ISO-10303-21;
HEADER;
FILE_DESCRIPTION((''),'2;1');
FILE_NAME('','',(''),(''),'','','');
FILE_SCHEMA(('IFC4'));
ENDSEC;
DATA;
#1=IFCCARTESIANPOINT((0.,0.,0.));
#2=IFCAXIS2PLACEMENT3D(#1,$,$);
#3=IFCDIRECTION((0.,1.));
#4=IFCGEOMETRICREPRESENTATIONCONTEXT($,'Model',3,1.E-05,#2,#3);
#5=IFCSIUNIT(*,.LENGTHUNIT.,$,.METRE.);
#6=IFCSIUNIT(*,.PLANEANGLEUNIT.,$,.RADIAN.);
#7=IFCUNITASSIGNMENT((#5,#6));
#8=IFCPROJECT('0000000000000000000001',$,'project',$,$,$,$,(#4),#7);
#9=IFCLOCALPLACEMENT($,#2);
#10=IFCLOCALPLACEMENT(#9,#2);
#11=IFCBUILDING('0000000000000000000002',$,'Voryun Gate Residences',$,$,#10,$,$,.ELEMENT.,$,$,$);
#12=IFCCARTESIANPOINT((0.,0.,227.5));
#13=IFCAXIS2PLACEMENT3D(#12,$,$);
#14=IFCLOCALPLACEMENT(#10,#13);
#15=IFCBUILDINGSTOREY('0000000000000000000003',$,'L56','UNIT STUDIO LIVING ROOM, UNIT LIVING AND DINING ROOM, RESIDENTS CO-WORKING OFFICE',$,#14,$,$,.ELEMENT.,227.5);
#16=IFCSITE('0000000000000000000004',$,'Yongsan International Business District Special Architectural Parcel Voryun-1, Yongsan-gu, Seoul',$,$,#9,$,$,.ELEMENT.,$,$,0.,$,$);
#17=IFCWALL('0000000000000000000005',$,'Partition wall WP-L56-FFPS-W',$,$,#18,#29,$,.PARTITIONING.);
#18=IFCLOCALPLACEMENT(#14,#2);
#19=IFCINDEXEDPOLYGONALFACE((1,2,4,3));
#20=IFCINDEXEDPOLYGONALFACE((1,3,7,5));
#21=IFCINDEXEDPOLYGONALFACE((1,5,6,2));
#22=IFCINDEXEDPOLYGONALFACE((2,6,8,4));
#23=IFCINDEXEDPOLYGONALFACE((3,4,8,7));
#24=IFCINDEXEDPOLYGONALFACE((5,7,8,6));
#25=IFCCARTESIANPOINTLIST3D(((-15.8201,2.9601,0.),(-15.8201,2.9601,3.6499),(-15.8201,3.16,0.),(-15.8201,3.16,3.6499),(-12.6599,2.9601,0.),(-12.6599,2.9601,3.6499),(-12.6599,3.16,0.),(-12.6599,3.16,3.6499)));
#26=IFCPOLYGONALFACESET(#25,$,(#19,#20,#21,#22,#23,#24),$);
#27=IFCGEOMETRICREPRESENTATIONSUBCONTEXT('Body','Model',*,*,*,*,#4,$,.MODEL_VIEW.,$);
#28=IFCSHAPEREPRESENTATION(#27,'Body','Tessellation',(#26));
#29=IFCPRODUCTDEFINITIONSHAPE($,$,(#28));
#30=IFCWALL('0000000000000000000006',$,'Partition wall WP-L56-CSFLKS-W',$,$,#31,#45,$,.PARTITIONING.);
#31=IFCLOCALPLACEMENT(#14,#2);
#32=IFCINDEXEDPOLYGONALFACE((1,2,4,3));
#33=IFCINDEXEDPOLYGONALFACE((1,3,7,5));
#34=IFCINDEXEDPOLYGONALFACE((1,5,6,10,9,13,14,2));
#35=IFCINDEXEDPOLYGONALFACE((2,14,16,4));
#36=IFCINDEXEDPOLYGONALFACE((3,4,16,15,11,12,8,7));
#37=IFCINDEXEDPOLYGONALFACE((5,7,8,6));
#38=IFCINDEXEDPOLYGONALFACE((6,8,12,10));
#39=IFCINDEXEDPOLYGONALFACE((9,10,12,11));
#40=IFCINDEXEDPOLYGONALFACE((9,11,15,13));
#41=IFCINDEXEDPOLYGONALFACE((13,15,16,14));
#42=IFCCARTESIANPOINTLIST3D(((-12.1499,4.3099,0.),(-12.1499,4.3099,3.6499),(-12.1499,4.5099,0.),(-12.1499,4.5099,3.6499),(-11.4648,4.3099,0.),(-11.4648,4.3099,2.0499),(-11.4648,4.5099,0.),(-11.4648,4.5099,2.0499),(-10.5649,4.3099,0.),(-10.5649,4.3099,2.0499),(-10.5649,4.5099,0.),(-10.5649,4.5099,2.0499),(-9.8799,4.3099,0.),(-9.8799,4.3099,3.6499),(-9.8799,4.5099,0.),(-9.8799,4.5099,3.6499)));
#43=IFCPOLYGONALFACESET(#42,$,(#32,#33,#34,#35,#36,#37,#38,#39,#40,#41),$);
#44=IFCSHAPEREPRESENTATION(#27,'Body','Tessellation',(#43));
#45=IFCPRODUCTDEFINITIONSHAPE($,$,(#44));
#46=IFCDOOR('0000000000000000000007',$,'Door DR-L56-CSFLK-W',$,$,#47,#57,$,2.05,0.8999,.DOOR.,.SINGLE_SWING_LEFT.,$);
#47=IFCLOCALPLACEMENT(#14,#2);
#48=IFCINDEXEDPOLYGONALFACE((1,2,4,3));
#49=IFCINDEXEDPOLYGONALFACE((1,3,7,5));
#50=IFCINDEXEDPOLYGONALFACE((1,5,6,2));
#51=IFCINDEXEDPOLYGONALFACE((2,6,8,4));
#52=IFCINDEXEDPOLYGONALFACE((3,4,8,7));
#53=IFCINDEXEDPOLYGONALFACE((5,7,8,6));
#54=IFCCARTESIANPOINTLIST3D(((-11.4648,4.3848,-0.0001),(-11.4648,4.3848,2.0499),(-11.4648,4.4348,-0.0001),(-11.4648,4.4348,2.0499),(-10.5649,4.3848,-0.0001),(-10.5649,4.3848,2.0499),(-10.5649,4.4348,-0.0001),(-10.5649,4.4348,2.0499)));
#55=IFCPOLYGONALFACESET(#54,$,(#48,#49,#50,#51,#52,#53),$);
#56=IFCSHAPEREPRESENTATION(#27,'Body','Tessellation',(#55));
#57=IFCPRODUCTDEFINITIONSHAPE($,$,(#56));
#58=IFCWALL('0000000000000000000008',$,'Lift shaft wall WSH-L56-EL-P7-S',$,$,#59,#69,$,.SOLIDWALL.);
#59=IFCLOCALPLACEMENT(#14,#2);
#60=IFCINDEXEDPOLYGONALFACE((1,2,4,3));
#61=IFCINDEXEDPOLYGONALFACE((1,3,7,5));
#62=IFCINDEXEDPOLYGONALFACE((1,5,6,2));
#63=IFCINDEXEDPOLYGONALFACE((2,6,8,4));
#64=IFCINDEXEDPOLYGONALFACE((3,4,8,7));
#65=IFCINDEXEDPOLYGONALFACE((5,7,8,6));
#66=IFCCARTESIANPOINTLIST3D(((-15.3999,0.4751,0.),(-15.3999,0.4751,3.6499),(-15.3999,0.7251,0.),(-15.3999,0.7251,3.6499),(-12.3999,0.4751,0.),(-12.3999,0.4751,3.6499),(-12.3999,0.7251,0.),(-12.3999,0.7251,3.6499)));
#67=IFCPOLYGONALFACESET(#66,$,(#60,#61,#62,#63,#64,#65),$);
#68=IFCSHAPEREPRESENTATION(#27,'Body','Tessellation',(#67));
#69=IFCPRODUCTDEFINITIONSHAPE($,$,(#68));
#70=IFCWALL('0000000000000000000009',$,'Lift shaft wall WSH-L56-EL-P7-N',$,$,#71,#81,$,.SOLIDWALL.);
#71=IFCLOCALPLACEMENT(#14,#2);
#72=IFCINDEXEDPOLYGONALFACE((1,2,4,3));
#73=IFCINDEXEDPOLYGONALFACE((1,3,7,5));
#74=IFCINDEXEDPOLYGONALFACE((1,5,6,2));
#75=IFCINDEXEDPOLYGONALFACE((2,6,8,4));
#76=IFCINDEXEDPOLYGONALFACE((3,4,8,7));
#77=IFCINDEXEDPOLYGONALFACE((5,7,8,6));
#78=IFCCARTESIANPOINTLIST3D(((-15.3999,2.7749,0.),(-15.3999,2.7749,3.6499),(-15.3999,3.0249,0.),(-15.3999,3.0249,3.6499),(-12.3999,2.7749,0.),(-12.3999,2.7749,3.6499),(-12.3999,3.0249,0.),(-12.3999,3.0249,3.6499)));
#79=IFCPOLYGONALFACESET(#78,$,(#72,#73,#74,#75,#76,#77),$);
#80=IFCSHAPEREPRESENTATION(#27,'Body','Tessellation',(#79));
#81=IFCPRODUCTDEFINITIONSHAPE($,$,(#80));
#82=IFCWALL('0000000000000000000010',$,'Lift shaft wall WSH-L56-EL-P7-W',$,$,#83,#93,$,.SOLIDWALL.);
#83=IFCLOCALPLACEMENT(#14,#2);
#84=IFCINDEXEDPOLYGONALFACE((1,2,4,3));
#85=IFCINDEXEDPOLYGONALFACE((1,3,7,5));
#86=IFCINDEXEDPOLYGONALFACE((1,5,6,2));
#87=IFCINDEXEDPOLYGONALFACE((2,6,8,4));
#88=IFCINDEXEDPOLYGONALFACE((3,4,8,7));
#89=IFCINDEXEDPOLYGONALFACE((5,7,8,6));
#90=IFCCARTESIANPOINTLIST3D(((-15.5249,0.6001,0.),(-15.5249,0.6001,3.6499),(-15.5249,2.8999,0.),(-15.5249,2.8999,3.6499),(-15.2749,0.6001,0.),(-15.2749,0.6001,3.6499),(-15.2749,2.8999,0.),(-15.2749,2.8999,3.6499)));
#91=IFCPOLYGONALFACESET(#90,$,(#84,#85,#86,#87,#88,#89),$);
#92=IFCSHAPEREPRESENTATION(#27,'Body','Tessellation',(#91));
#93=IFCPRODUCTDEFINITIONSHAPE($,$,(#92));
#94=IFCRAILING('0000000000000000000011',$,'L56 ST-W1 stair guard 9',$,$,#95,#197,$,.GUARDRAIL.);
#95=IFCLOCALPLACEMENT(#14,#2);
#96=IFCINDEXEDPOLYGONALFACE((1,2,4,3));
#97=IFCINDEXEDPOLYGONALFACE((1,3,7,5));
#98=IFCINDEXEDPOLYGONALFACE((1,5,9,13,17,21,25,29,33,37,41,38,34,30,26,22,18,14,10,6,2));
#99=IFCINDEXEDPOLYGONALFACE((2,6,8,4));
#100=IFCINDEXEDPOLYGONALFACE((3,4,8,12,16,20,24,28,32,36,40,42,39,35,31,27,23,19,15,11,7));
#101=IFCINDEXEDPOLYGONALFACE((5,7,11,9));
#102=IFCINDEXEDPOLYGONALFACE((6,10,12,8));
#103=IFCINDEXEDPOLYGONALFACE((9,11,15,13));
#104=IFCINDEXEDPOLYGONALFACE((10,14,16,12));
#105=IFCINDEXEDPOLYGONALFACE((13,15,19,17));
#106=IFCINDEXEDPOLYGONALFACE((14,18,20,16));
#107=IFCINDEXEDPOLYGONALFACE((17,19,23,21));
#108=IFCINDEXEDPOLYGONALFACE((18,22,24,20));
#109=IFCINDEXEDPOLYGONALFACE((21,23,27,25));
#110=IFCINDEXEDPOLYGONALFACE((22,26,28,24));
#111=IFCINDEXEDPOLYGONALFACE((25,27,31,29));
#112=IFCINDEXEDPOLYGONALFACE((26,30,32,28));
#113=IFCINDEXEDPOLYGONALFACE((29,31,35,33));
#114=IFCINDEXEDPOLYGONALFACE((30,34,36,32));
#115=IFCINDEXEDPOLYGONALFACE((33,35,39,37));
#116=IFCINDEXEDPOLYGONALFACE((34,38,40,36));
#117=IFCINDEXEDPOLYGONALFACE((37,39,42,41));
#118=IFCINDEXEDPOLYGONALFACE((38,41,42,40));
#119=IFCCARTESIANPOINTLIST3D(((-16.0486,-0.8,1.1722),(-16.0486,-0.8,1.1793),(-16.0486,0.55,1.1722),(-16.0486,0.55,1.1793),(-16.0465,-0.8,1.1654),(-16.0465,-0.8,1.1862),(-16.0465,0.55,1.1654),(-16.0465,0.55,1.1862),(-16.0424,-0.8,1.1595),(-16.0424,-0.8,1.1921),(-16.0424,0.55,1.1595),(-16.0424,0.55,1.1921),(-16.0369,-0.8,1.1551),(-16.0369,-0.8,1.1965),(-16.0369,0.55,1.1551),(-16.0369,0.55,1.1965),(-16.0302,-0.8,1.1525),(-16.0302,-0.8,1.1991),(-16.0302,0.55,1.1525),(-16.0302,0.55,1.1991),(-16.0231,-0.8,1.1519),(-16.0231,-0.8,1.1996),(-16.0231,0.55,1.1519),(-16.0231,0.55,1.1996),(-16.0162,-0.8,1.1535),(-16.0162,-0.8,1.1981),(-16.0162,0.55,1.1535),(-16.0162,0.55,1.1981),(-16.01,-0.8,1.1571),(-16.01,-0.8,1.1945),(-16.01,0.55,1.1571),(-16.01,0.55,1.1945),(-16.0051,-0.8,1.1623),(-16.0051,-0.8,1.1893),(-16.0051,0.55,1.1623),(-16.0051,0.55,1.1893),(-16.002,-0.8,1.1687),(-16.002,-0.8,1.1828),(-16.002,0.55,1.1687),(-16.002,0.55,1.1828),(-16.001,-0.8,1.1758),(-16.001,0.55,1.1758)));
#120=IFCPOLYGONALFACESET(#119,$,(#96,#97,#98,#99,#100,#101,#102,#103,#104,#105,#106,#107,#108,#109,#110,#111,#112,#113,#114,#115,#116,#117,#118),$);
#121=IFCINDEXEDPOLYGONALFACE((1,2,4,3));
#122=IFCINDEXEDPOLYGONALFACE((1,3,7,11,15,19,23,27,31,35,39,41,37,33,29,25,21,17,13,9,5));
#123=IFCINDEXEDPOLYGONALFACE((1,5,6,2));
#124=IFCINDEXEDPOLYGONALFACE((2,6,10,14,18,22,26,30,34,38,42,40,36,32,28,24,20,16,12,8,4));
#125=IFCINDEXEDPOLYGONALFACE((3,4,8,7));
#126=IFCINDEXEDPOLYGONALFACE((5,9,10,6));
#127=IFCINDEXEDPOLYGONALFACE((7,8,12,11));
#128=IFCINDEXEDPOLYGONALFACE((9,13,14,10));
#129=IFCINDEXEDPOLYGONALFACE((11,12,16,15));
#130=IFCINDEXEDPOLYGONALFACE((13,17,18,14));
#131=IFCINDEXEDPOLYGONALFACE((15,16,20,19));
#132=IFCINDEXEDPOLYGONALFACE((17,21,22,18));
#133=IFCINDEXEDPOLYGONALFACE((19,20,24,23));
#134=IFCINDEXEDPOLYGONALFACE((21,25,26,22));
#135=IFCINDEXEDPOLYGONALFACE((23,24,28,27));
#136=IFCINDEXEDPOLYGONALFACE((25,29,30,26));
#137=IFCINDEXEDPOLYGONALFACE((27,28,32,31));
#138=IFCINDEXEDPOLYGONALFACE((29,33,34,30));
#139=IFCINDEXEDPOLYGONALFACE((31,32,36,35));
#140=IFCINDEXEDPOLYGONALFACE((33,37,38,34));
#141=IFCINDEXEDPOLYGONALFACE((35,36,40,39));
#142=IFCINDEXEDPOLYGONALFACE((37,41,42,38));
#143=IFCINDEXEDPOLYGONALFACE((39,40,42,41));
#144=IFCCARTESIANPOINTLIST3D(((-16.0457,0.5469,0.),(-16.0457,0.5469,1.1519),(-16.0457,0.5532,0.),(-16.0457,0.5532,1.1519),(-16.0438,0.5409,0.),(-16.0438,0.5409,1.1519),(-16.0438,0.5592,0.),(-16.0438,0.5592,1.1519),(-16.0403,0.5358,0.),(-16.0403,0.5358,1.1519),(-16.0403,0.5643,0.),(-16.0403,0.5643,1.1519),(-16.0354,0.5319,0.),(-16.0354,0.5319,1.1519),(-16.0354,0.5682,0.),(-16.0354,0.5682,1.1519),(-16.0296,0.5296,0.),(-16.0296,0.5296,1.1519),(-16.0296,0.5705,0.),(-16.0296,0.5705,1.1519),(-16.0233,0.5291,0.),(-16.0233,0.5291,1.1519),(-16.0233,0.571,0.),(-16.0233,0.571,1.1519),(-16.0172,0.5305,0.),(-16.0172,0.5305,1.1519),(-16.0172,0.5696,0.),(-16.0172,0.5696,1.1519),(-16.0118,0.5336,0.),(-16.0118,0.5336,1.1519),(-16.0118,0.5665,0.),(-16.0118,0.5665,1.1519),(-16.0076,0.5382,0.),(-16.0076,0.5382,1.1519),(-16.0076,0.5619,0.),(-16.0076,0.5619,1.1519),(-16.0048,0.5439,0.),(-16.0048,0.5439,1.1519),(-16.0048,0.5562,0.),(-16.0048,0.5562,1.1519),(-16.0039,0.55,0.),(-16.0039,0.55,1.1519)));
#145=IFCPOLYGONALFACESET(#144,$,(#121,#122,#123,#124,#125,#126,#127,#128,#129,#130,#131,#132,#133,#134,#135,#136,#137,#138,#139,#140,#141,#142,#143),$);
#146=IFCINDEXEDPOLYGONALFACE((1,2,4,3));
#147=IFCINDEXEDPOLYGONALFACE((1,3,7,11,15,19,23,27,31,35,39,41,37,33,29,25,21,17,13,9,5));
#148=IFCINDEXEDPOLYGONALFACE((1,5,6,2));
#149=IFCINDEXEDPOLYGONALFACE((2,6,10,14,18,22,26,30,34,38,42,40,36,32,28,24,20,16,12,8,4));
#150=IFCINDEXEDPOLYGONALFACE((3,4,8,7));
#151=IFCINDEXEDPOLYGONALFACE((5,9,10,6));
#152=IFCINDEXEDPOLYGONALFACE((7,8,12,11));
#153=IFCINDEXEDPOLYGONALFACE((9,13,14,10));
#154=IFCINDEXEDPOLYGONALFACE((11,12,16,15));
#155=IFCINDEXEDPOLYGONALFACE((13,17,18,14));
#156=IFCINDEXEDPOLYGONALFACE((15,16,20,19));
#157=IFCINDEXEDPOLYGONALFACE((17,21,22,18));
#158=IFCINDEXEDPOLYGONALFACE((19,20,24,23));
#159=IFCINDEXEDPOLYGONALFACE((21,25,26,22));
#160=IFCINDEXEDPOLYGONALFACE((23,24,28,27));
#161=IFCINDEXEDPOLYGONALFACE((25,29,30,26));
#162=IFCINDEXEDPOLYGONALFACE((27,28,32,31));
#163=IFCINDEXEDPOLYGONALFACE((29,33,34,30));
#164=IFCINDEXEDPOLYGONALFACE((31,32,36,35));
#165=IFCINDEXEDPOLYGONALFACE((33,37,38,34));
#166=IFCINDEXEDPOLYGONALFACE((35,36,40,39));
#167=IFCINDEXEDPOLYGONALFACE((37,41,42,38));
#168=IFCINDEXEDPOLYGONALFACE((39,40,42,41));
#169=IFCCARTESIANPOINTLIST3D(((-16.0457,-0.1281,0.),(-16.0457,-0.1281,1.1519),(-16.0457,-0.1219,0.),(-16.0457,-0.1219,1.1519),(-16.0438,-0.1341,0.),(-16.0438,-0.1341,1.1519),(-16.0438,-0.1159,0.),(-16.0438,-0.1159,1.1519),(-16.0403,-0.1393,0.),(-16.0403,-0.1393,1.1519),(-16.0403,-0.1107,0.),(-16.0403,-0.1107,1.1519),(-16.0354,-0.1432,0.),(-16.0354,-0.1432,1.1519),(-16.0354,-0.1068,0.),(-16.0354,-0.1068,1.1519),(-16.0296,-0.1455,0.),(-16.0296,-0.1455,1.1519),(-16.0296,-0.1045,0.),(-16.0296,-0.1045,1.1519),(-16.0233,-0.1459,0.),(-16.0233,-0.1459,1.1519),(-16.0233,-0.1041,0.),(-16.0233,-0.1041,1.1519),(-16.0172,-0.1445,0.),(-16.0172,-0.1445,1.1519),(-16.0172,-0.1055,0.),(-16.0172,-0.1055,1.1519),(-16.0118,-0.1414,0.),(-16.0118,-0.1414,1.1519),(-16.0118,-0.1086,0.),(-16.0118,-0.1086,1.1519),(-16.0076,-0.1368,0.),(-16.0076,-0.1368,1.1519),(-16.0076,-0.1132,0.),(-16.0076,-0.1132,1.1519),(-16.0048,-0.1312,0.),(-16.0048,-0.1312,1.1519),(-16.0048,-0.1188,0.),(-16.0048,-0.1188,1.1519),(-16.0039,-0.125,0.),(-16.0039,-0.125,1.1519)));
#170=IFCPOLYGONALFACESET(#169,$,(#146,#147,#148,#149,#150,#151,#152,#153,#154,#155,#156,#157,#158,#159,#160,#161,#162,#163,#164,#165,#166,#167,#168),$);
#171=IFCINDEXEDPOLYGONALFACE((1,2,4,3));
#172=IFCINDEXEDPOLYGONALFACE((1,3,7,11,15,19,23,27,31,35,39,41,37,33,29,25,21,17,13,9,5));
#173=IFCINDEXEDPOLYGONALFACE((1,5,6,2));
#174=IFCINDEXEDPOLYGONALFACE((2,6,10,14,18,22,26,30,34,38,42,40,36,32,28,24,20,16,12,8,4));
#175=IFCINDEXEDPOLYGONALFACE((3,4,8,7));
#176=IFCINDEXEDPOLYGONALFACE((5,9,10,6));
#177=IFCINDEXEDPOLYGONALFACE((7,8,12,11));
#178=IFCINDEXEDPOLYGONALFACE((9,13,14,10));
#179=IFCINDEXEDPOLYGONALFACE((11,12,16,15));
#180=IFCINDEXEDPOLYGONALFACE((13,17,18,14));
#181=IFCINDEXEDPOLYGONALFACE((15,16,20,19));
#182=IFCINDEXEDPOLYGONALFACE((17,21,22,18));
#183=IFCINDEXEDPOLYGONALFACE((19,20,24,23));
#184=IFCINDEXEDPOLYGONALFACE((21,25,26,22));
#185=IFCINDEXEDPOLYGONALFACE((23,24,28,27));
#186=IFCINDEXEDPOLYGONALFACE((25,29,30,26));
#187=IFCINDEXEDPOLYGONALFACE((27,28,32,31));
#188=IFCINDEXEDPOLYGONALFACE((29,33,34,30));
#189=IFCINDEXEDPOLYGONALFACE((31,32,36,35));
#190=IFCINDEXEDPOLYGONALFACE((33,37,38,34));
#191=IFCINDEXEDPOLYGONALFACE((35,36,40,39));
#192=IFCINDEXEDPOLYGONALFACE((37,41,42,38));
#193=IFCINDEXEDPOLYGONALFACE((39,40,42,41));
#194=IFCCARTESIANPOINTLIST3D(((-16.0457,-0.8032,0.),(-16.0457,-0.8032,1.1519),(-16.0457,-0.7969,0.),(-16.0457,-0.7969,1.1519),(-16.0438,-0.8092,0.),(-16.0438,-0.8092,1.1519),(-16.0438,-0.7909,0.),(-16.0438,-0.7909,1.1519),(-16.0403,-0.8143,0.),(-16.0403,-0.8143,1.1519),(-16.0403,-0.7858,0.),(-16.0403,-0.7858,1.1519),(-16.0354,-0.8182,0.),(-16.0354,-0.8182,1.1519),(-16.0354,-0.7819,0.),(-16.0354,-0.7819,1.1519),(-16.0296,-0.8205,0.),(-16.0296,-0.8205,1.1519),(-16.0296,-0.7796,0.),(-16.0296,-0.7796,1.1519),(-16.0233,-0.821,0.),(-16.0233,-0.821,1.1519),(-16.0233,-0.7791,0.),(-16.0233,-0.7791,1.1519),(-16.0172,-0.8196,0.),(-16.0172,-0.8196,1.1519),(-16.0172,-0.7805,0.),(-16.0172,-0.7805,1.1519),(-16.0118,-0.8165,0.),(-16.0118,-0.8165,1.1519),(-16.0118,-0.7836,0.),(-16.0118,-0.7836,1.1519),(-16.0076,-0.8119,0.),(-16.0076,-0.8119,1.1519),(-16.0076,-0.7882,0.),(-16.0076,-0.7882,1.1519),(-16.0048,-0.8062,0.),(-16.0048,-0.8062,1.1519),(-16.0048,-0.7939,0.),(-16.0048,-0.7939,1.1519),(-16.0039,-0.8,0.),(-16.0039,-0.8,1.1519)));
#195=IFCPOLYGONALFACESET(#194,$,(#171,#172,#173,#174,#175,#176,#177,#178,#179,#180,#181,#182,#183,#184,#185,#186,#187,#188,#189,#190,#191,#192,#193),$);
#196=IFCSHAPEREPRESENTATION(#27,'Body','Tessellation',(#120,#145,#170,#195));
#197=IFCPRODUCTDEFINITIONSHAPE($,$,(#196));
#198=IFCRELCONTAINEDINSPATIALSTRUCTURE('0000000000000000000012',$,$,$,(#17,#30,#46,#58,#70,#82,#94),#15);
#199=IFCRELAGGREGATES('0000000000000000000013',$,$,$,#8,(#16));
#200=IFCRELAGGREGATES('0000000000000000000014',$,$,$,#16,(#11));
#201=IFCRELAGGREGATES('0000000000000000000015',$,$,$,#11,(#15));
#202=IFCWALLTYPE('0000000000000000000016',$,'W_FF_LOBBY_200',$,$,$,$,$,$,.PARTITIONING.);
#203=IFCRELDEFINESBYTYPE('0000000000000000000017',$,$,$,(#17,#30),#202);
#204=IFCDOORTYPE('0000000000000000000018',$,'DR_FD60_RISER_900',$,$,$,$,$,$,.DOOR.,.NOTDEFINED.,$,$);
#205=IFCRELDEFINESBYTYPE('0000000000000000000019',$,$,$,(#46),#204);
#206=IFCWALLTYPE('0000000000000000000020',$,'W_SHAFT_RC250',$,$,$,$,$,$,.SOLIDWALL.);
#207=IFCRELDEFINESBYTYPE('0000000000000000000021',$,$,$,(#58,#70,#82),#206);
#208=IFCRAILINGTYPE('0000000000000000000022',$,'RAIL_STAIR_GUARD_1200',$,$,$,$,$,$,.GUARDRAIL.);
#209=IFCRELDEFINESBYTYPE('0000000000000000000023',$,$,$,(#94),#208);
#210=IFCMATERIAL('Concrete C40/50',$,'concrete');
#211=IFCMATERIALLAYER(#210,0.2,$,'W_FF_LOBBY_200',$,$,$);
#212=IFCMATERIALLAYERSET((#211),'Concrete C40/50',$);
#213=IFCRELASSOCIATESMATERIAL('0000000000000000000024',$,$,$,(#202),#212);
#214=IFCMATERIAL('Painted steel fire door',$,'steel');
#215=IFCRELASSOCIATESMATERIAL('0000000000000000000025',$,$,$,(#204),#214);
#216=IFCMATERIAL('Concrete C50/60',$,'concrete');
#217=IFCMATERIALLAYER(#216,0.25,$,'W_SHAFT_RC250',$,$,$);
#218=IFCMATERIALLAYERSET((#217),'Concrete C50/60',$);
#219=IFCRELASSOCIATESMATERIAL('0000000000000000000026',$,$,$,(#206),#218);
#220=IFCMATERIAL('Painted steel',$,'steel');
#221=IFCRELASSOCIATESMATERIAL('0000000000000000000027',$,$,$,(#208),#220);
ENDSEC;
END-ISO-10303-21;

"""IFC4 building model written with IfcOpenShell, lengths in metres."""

from ifc_helpers import new_model, si_unit, direction, frame, frame_2d, origin, origin_2d, place, context, subcontext, project, spatial, rectangle, circle, extrude, material, layer, layer_set, type_object, element, fill, save


model = new_model("IFC4")

# Units and contexts
model_context = context("Model", 3, precision=1e-05, world=origin(), true_north=direction((0.0, 1.0)))
body_context = subcontext(model_context, "Body", "Model", "MODEL_VIEW")
ifc_project = project(units=[si_unit("LENGTHUNIT", "METRE"), si_unit("PLANEANGLEUNIT", "RADIAN")], contexts=[model_context])

# Site, building, storey
site_placement = place(None, origin())
site = spatial("IfcSite", under=ifc_project, at=site_placement, Name="Yongsan International Business District Special Architectural Parcel Voryun-1, Yongsan-gu, Seoul", CompositionType="ELEMENT", RefElevation=0.0)
building_placement = place(site_placement, origin())
building = spatial("IfcBuilding", under=site, at=building_placement, Name="Voryun Gate Residences", CompositionType="ELEMENT")
storey_placement = place(building_placement, frame((0.0, 0.0, 227.5)))
storey = spatial("IfcBuildingStorey", under=building, at=storey_placement, Name="L56", Description="UNIT STUDIO LIVING ROOM, UNIT LIVING AND DINING ROOM, RESIDENTS CO-WORKING OFFICE", CompositionType="ELEMENT", Elevation=227.5)

# Wall
ifc_material_1 = material(Name="Concrete C40/50", Category="concrete")
ifc_layer_1 = layer(ifc_material_1, 0.2, Name="W_FF_LOBBY_200")
ifc_layer_set_1 = layer_set([ifc_layer_1], Name="Concrete C40/50")
wall_type_1 = type_object("IfcWallType", Name="W_FF_LOBBY_200", PredefinedType="PARTITIONING", material=ifc_layer_set_1)
wall_1_placement = place(storey_placement, frame((-15.8201, 3.0601, 0.0), z_axis=(0.0, 0.0, 1.0), x_axis=(1.0, 0.0, 0.0)))
element("IfcWall", 1, at=wall_1_placement, inside=storey, type_object=wall_type_1, Name="Partition wall WP-L56-FFPS-W", PredefinedType="PARTITIONING", context=body_context, shape_type="SweptSolid", body=[
    extrude(rectangle(XDim=3.1602, YDim=0.2, at=frame_2d((1.5801, 0.0))), origin(), (0.0, 0.0, 1.0), 3.6499),
])

# Wall, opening, door
wall_2_placement = place(storey_placement, frame((-12.1499, 4.4099, 0.0), z_axis=(0.0, 0.0, 1.0), x_axis=(1.0, 0.0, 0.0)))
wall_2 = element("IfcWall", 2, at=wall_2_placement, inside=storey, type_object=wall_type_1, Name="Partition wall WP-L56-CSFLKS-W", PredefinedType="PARTITIONING", context=body_context, shape_type="SweptSolid", body=[
    extrude(rectangle(XDim=2.27, YDim=0.2, at=frame_2d((1.135, 0.0))), origin(), (0.0, 0.0, 1.0), 3.6499),
])
opening_placement = place(wall_2_placement, frame((0.6851, 0.0, 0.0)))
opening = element("IfcOpeningElement", 3, at=opening_placement, cuts=wall_2, PredefinedType="OPENING", context=body_context, shape_type="SweptSolid", body=[
    extrude(rectangle(XDim=0.8999, YDim=2.05, at=frame_2d((0.45, 1.0249))), frame((0.0, 0.1101, 0.0), z_axis=(0.0, -1.0, 0.0), x_axis=(1.0, 0.0, 0.0)), (0.0, 0.0, 1.0), 0.22),
])
ifc_material_2 = material(Name="Painted steel fire door", Category="steel")
door_type = type_object("IfcDoorType", Name="DR_FD60_RISER_900", OperationType="NOTDEFINED", PredefinedType="DOOR", material=ifc_material_2)
door_placement = place(opening_placement, origin())
door = element("IfcDoor", 4, at=door_placement, inside=storey, type_object=door_type, Name="Door DR-L56-CSFLK-W", OperationType="SINGLE_SWING_LEFT", OverallHeight=2.05, OverallWidth=0.8999, PredefinedType="DOOR", context=body_context, shape_type="SweptSolid", body=[
    extrude(rectangle(XDim=0.8999, YDim=2.05, at=frame_2d((0.45, 1.0249))), frame((0.0, 0.0249, 0.0), z_axis=(0.0, -1.0, 0.0), x_axis=(1.0, 0.0, 0.0)), (0.0, 0.0, 1.0), 0.05),
])
fill(opening, door)

# Walls
ifc_material_3 = material(Name="Concrete C50/60", Category="concrete")
ifc_layer_2 = layer(ifc_material_3, 0.25, Name="W_SHAFT_RC250")
ifc_layer_set_2 = layer_set([ifc_layer_2], Name="Concrete C50/60")
wall_type_2 = type_object("IfcWallType", Name="W_SHAFT_RC250", PredefinedType="SOLIDWALL", material=ifc_layer_set_2)
for number, where, z_axis, x_axis, name in (
    (5, (-15.3999, 0.6001, 0.0), (0.0, 0.0, 1.0), (1.0, 0.0, 0.0), "Lift shaft wall WSH-L56-EL-P7-S"),
    (6, (-12.3999, 2.8999, 0.0), (0.0, 0.0, 1.0), (-1.0, 0.0, 0.0), "Lift shaft wall WSH-L56-EL-P7-N"),
):
    element("IfcWall", number, at=place(storey_placement, frame(where, z_axis=z_axis, x_axis=x_axis)), inside=storey, type_object=wall_type_2, Name=name, PredefinedType="SOLIDWALL", context=body_context, shape_type="SweptSolid", body=[
        extrude(rectangle(XDim=3.0, YDim=0.25, at=frame_2d((1.5, 0.0))), origin(), (0.0, 0.0, 1.0), 3.6499),
    ])
wall_3_placement = place(storey_placement, frame((-15.3999, 2.8999, 0.0), z_axis=(0.0, 0.0, 1.0), x_axis=(0.0, -1.0, 0.0)))
element("IfcWall", 7, at=wall_3_placement, inside=storey, type_object=wall_type_2, Name="Lift shaft wall WSH-L56-EL-P7-W", PredefinedType="SOLIDWALL", context=body_context, shape_type="SweptSolid", body=[
    extrude(rectangle(XDim=2.2998, YDim=0.25, at=frame_2d((1.1499, 0.0))), origin(), (0.0, 0.0, 1.0), 3.6499),
])

# Railing
ifc_material_4 = material(Name="Painted steel", Category="steel")
railing_type = type_object("IfcRailingType", Name="RAIL_STAIR_GUARD_1200", PredefinedType="GUARDRAIL", material=ifc_material_4)
railing_1_placement = place(storey_placement, frame((-16.0249, 0.55, 0.0)))
element("IfcRailing", 8, at=railing_1_placement, inside=storey, type_object=railing_type, Name="L56 ST-W1 stair guard 9", PredefinedType="GUARDRAIL", context=body_context, shape_type="SweptSolid", body=[
    extrude(circle(Radius=0.0239, at=origin_2d()), frame((0.0, 0.0, 1.1758), z_axis=(0.0, -1.0, 0.0), x_axis=(1.0, 0.0, 0.0)), (0.0, 0.0, 1.0), 1.3501),
    extrude(circle(Radius=0.021, at=origin_2d()), origin(), (0.0, 0.0, 1.0), 1.1519),
    extrude(circle(Radius=0.021, at=origin_2d()), frame((0.0, -0.675, 0.0)), (0.0, 0.0, 1.0), 1.1519),
    extrude(circle(Radius=0.021, at=origin_2d()), frame((0.0, -1.3501, 0.0)), (0.0, 0.0, 1.0), 1.1519),
])

save(model, "model.ifc")
